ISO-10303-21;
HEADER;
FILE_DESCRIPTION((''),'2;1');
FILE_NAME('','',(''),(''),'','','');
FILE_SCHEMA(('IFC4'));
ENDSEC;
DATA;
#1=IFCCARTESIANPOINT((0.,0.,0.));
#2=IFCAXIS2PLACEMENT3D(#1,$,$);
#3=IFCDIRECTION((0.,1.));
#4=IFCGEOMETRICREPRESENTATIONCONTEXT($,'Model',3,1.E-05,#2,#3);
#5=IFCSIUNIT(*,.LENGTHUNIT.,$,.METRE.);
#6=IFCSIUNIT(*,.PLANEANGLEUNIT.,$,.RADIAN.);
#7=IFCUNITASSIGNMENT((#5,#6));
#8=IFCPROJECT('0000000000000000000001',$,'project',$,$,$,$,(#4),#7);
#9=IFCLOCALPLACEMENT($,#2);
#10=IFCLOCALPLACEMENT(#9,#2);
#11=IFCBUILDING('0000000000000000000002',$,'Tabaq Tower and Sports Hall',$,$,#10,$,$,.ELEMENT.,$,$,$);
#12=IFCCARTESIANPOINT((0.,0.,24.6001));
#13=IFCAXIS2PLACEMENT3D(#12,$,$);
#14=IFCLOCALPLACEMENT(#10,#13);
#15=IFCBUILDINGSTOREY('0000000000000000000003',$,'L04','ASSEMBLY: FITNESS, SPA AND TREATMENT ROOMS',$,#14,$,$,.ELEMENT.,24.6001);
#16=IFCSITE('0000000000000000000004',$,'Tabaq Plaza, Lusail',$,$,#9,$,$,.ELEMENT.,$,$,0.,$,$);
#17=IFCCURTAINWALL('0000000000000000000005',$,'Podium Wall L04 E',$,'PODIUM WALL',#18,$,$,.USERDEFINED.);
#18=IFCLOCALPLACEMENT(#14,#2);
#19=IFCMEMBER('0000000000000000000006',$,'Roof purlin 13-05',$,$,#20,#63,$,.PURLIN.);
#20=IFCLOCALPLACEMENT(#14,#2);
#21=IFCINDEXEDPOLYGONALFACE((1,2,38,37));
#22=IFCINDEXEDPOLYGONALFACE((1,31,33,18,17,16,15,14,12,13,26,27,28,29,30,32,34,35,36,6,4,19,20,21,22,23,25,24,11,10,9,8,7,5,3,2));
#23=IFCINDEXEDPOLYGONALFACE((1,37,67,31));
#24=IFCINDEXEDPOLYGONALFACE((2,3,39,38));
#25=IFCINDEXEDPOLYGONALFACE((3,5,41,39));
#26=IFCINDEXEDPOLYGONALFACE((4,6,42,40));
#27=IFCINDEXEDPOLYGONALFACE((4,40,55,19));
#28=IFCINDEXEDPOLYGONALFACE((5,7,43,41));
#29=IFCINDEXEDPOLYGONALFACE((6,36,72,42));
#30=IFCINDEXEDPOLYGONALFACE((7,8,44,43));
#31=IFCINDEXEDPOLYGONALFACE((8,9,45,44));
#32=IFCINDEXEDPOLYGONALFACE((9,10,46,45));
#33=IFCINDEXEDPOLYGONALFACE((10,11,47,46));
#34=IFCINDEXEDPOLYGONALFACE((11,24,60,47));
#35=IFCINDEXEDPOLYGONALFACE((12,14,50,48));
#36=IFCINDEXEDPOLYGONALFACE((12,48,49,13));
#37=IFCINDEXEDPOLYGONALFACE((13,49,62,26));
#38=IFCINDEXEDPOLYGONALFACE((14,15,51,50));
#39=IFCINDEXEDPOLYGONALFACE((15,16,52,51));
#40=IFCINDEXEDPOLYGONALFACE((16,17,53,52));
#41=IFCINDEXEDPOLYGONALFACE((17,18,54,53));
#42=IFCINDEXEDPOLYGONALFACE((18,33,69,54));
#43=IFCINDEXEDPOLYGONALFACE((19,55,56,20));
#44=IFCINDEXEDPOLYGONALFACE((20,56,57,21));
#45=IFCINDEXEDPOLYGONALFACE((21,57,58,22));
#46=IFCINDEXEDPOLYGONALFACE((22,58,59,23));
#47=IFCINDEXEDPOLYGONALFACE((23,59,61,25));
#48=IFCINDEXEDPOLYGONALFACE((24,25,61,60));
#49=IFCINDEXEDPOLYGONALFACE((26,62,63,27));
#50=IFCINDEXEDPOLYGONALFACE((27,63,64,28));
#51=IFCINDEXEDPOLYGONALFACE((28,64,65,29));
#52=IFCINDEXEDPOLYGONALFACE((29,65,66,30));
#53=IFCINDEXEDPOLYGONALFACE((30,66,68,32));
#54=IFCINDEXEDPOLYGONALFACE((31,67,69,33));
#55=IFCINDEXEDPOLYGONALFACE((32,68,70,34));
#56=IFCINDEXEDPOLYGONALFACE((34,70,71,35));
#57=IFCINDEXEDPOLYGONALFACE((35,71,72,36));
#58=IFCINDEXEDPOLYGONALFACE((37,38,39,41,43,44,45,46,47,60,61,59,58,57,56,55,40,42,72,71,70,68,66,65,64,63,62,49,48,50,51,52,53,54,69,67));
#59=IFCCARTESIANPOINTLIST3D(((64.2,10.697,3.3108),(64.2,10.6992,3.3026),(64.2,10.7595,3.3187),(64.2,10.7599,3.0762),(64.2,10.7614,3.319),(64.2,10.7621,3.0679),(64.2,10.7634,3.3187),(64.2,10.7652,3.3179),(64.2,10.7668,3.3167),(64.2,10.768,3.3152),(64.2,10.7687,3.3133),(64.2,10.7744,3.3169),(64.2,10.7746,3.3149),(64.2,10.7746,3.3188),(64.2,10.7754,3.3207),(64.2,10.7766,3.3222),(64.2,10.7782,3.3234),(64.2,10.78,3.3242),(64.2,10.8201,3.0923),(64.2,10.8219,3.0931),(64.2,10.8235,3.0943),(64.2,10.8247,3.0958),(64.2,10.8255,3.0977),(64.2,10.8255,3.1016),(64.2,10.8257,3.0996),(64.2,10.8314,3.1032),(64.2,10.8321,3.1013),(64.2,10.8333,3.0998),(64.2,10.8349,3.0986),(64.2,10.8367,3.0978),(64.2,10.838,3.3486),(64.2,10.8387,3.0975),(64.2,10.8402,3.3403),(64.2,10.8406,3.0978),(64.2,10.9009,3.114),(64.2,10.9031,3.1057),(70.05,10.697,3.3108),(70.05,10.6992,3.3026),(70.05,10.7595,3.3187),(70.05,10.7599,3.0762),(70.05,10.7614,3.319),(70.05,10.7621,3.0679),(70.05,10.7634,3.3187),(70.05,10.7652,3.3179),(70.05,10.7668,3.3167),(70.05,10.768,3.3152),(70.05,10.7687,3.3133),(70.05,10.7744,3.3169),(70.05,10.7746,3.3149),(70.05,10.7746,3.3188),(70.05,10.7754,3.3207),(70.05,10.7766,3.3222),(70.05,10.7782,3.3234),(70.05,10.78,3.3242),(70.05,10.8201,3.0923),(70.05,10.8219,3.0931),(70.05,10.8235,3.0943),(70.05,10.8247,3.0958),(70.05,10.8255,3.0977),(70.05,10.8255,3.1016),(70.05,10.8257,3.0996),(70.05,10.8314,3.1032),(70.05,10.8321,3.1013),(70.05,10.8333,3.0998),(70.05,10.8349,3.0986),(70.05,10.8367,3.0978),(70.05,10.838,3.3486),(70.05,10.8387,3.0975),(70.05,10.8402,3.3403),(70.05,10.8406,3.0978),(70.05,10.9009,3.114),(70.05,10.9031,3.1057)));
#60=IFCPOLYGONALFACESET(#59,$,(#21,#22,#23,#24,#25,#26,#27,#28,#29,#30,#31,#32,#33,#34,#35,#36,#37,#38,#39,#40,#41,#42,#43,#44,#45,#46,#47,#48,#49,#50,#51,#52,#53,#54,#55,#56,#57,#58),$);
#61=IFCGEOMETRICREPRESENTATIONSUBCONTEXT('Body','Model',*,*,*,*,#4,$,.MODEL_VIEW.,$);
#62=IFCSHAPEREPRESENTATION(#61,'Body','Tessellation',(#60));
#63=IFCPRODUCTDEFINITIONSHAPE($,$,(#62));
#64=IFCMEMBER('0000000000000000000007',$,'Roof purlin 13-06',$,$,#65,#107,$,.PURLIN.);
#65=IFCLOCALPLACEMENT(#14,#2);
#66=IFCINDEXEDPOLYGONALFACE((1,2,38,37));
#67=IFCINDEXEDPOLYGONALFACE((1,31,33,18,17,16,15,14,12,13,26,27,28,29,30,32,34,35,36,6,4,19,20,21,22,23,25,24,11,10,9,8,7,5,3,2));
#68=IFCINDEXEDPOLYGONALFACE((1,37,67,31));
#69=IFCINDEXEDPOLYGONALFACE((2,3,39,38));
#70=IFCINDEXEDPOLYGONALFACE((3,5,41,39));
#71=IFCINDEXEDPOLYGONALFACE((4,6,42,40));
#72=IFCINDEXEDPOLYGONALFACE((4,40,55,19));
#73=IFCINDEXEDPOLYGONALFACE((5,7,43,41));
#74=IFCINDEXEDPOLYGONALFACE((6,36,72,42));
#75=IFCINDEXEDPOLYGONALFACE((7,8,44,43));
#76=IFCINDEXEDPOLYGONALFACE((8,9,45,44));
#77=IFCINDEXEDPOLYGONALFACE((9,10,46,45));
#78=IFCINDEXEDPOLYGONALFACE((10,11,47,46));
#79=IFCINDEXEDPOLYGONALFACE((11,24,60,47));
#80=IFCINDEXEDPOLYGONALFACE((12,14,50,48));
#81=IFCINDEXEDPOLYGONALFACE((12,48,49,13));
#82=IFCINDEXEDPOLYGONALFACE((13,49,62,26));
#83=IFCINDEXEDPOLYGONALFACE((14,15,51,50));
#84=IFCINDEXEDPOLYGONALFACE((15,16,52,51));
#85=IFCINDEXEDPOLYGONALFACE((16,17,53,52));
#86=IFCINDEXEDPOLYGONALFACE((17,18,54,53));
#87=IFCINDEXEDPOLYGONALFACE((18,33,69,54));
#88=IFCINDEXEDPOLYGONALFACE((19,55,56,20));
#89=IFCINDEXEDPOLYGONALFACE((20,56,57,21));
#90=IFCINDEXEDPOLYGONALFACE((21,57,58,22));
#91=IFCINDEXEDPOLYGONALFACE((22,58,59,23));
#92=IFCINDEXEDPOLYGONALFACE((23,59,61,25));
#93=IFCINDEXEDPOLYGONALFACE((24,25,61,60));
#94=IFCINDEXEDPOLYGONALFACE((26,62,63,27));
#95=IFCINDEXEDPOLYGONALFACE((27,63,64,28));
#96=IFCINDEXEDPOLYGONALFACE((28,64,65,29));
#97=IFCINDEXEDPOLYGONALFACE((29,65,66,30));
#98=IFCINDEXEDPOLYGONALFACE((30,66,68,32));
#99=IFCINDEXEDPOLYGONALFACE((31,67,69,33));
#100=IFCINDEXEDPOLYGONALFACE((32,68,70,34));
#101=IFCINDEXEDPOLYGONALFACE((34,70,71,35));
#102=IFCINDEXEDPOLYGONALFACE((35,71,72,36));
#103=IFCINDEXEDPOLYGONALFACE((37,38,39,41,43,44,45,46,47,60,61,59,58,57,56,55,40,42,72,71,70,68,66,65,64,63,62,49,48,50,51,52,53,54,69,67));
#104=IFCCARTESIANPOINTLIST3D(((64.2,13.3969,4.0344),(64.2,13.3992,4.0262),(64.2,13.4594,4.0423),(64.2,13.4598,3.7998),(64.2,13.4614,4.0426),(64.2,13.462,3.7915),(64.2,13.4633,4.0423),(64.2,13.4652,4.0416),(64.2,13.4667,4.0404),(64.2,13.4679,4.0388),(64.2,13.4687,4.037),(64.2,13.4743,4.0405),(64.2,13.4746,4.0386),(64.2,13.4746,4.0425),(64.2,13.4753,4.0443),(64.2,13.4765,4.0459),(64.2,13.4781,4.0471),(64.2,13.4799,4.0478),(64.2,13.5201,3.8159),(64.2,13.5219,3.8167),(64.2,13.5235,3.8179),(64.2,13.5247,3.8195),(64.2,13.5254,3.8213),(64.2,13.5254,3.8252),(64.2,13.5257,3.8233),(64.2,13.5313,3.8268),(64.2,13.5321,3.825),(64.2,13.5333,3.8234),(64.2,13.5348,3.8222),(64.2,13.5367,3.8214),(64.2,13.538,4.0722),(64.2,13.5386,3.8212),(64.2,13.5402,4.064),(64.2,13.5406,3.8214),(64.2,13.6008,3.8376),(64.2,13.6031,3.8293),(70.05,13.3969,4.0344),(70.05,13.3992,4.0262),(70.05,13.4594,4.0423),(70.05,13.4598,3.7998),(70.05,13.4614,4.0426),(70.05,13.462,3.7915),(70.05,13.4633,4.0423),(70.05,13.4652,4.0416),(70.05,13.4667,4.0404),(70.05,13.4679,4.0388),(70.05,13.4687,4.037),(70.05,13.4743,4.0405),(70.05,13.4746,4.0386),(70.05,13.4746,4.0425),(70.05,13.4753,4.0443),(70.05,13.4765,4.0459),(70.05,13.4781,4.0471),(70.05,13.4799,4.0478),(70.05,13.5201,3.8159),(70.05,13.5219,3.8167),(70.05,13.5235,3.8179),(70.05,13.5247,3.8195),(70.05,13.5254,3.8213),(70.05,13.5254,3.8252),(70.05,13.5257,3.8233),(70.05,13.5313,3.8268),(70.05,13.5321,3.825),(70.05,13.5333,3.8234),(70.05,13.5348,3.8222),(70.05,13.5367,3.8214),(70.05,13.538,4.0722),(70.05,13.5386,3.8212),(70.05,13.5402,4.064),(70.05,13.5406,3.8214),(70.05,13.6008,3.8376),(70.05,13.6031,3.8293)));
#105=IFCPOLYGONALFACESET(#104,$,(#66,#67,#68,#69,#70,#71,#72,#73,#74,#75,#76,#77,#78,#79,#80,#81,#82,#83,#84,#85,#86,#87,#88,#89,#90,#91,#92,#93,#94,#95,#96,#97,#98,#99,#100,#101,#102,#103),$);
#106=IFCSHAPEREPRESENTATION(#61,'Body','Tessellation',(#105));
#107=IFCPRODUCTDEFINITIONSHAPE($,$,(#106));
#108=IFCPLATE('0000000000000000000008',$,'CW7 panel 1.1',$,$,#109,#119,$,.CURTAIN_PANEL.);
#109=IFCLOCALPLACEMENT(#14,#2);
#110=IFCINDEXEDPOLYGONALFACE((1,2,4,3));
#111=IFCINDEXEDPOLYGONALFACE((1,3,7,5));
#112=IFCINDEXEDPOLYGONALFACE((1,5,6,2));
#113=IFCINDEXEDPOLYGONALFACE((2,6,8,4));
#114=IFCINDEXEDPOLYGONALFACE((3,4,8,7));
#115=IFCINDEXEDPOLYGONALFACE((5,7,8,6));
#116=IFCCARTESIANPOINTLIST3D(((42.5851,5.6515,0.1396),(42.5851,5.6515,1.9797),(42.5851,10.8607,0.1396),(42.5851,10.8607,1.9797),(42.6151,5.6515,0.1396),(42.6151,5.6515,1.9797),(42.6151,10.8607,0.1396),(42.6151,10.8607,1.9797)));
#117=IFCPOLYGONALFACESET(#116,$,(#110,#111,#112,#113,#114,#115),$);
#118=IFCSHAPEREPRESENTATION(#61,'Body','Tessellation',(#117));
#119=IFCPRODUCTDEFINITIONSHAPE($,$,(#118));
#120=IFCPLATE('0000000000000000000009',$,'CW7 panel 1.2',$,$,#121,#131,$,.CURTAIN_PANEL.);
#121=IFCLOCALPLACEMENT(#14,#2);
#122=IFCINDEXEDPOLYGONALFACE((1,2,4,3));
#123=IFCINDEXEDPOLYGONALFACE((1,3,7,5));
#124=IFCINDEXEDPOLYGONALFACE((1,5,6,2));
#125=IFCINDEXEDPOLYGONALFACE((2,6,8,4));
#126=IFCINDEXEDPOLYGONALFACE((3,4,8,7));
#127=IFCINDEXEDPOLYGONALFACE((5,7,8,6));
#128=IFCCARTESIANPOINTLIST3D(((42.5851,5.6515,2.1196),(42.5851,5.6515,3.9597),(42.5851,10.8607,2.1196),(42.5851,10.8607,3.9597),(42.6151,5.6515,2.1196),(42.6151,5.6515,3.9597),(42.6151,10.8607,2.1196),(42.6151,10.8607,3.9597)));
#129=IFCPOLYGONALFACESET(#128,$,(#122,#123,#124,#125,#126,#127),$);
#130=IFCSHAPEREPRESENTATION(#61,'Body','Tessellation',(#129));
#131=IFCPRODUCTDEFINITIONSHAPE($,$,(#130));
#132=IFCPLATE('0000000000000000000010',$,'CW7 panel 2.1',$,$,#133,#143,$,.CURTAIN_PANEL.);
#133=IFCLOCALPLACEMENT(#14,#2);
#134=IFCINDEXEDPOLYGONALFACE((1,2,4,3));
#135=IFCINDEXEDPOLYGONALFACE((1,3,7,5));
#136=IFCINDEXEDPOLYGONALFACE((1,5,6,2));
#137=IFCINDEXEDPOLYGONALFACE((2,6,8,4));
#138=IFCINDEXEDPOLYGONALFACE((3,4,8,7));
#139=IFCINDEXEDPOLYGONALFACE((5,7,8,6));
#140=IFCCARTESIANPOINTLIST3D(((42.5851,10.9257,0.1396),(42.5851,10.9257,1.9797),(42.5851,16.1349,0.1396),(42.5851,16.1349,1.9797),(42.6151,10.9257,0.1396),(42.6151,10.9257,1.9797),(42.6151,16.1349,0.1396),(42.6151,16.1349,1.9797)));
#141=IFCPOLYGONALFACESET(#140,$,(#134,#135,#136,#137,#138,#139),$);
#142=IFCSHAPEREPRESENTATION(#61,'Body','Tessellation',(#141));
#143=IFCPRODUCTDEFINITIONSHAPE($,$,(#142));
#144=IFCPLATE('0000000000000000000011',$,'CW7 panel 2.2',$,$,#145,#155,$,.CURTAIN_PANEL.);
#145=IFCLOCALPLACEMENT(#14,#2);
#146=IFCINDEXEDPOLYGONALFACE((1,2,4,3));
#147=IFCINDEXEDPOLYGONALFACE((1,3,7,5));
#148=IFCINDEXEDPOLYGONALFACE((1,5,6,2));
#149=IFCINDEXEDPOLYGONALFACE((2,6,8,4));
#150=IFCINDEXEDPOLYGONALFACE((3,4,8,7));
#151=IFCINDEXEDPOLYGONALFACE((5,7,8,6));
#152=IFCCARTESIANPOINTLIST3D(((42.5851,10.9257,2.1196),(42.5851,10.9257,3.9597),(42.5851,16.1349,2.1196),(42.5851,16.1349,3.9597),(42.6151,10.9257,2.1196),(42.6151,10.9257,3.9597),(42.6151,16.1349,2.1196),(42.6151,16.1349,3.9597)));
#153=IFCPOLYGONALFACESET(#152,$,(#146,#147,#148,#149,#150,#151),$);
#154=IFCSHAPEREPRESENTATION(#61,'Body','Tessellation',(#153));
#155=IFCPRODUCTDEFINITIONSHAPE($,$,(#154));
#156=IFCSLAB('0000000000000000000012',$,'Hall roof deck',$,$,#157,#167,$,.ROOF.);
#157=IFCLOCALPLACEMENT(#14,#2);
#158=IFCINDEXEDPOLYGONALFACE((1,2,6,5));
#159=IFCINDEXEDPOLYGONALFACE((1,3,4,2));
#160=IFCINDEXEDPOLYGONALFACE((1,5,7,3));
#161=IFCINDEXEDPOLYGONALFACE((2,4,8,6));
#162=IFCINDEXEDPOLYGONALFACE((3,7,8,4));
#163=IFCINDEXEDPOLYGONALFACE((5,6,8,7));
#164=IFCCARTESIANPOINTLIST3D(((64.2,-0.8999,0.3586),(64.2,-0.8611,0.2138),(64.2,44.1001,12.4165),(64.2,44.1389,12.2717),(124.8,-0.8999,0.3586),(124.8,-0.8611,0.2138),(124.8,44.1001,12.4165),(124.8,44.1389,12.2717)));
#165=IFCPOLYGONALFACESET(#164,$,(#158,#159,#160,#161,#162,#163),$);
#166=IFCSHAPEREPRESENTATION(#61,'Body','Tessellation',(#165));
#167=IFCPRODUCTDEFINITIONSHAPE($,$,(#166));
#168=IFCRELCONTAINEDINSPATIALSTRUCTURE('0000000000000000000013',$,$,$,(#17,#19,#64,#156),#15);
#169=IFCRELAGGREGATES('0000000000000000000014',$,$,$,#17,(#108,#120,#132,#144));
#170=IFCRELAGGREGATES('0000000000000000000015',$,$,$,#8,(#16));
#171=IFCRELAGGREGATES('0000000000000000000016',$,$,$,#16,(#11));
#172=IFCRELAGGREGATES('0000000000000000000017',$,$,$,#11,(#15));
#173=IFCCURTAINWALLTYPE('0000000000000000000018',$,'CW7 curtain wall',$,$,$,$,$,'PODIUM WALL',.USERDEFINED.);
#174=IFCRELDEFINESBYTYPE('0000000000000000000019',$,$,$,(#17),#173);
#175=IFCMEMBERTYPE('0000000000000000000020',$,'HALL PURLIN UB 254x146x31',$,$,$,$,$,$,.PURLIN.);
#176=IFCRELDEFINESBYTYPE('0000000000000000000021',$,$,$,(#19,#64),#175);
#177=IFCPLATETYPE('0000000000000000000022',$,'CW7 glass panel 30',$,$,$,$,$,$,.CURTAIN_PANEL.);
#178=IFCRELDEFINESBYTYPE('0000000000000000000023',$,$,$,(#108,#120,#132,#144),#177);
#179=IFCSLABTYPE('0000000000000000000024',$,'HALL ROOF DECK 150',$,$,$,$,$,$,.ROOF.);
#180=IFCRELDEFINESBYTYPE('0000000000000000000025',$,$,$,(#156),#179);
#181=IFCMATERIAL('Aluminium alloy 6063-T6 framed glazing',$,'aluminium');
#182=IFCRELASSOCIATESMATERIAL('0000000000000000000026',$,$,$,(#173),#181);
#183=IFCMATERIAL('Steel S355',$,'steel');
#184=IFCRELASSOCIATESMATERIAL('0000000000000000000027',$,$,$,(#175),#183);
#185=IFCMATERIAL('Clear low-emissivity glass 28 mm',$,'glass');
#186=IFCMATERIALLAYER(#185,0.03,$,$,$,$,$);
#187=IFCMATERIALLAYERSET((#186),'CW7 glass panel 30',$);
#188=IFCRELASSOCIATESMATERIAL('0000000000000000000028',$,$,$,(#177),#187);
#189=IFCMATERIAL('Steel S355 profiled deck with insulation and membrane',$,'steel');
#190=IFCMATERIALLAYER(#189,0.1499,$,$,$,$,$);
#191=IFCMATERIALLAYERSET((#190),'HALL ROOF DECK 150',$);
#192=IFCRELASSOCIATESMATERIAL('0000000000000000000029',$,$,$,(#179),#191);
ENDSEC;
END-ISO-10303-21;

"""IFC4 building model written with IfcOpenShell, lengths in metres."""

from ifc_helpers import new_model, si_unit, direction, frame, origin, origin_2d, place, context, subcontext, project, spatial, polyline, rectangle, i_section, outline, extrude, material, layer, layer_set, material_profile, profile_set, type_object, element, aggregate, save


model = new_model("IFC4")

# Units and contexts
model_context = context("Model", 3, precision=1e-05, world=origin(), true_north=direction((0.0, 1.0)))
body_context = subcontext(model_context, "Body", "Model", "MODEL_VIEW")
ifc_project = project(units=[si_unit("LENGTHUNIT", "METRE"), si_unit("PLANEANGLEUNIT", "RADIAN")], contexts=[model_context])

# Site, building, storey
site_placement = place(None, origin())
site = spatial("IfcSite", under=ifc_project, at=site_placement, Name="Tabaq Plaza, Lusail", CompositionType="ELEMENT", RefElevation=0.0)
building_placement = place(site_placement, origin())
building = spatial("IfcBuilding", under=site, at=building_placement, Name="Tabaq Tower and Sports Hall", CompositionType="ELEMENT")
storey_placement = place(building_placement, frame((0.0, 0.0, 24.6001)))
storey = spatial("IfcBuildingStorey", under=building, at=storey_placement, Name="L04", Description="ASSEMBLY: FITNESS, SPA AND TREATMENT ROOMS", CompositionType="ELEMENT", Elevation=24.6001)

# Curtain wall
ifc_material_1 = material(Name="Aluminium alloy 6063-T6 framed glazing", Category="aluminium")
curtain_wall_type = type_object("IfcCurtainWallType", Name="CW7 curtain wall", ElementType="PODIUM WALL", PredefinedType="USERDEFINED", material=ifc_material_1)
curtain_wall_placement = place(storey_placement, origin())
curtain_wall = element("IfcCurtainWall", 1, at=curtain_wall_placement, inside=storey, type_object=curtain_wall_type, Name="Podium Wall L04 E", ObjectType="PODIUM WALL", PredefinedType="USERDEFINED")

# Members
ifc_material_2 = material(Name="Steel S355", Category="steel")
ifc_material_profile_1 = material_profile(ifc_material_2, i_section(OverallWidth=0.146, OverallDepth=0.2515, WebThickness=0.0061, FlangeThickness=0.0085, FilletRadius=0.0076, at=origin_2d()), Name="UB 254x146x31")
ifc_profile_set_1 = profile_set([ifc_material_profile_1], Name="Steel S355")
member_type_1 = type_object("IfcMemberType", Name="HALL PURLIN UB 254x146x31", PredefinedType="PURLIN", material=ifc_profile_set_1)
for number, where, z_axis, x_axis, name in (
    (2, (64.2, 10.8, 3.2083), (1.0, 0.0, 0.0), (0.0, 0.965926, 0.258819), "Roof purlin 13-05"),
    (3, (64.2, 13.5, 3.9319), (1.0, 0.0, 0.0), (0.0, 0.965926, 0.258819), "Roof purlin 13-06"),
):
    element("IfcMember", number, at=place(storey_placement, frame(where, z_axis=z_axis, x_axis=x_axis)), inside=storey, type_object=member_type_1, Name=name, PredefinedType="PURLIN", context=body_context, shape_type="SweptSolid", body=[
        extrude(i_section(OverallWidth=0.146, OverallDepth=0.2515, WebThickness=0.0061, FlangeThickness=0.0085, FilletRadius=0.0076, at=origin_2d()), origin(), (0.0, 0.0, 1.0), 5.8501),
    ])

# Plates
ifc_material_3 = material(Name="Clear low-emissivity glass 28 mm", Category="glass")
ifc_layer_1 = layer(ifc_material_3, 0.03)
ifc_layer_set_1 = layer_set([ifc_layer_1], Name="CW7 glass panel 30")
plate_type = type_object("IfcPlateType", Name="CW7 glass panel 30", PredefinedType="CURTAIN_PANEL", material=ifc_layer_set_1)
plate_1_placement = place(storey_placement, frame((42.6001, 8.2561, 0.1396), z_axis=(0.0, 0.0, 1.0), x_axis=(0.0, 1.0, 0.0)))
plate_1 = element("IfcPlate", 4, at=plate_1_placement, type_object=plate_type, Name="CW7 panel 1.1", PredefinedType="CURTAIN_PANEL", context=body_context, shape_type="SweptSolid", body=[
    extrude(rectangle(XDim=5.2092, YDim=0.03, at=origin_2d()), origin(), (0.0, 0.0, 1.0), 1.8401),
])
plate_2_placement = place(storey_placement, frame((42.6001, 8.2561, 2.1196), z_axis=(0.0, 0.0, 1.0), x_axis=(0.0, 1.0, 0.0)))
plate_2 = element("IfcPlate", 5, at=plate_2_placement, type_object=plate_type, Name="CW7 panel 1.2", PredefinedType="CURTAIN_PANEL", context=body_context, shape_type="SweptSolid", body=[
    extrude(rectangle(XDim=5.2092, YDim=0.03, at=origin_2d()), origin(), (0.0, 0.0, 1.0), 1.8401),
])
plate_3_placement = place(storey_placement, frame((42.6001, 13.5303, 0.1396), z_axis=(0.0, 0.0, 1.0), x_axis=(0.0, 1.0, 0.0)))
plate_3 = element("IfcPlate", 6, at=plate_3_placement, type_object=plate_type, Name="CW7 panel 2.1", PredefinedType="CURTAIN_PANEL", context=body_context, shape_type="SweptSolid", body=[
    extrude(rectangle(XDim=5.2092, YDim=0.03, at=origin_2d()), origin(), (0.0, 0.0, 1.0), 1.8401),
])
plate_4_placement = place(storey_placement, frame((42.6001, 13.5303, 2.1196), z_axis=(0.0, 0.0, 1.0), x_axis=(0.0, 1.0, 0.0)))
plate_4 = element("IfcPlate", 7, at=plate_4_placement, type_object=plate_type, Name="CW7 panel 2.2", PredefinedType="CURTAIN_PANEL", context=body_context, shape_type="SweptSolid", body=[
    extrude(rectangle(XDim=5.2092, YDim=0.03, at=origin_2d()), origin(), (0.0, 0.0, 1.0), 1.8401),
])
aggregate(curtain_wall, [plate_1, plate_2, plate_3, plate_4])

# Slab
ifc_material_4 = material(Name="Steel S355 profiled deck with insulation and membrane", Category="steel")
ifc_layer_2 = layer(ifc_material_4, 0.1499)
ifc_layer_set_2 = layer_set([ifc_layer_2], Name="HALL ROOF DECK 150")
slab_type = type_object("IfcSlabType", Name="HALL ROOF DECK 150", PredefinedType="ROOF", material=ifc_layer_set_2)
slab_placement = place(storey_placement, frame((64.2, -0.8999, 0.3586), z_axis=(0.0, -0.258822, 0.965925), x_axis=(1.0, 0.0, 0.0)))
element("IfcSlab", 8, at=slab_placement, inside=storey, type_object=slab_type, Name="Hall roof deck", PredefinedType="ROOF", context=body_context, shape_type="SweptSolid", body=[
    extrude(outline(polyline([(0.0, 0.0), (60.6001, 0.0), (60.6001, 46.5875), (0.0, 46.5875), (0.0, 0.0)])), origin(), (0.0, 0.0, -1.0), 0.1499),
])

save(model, "model.ifc")
